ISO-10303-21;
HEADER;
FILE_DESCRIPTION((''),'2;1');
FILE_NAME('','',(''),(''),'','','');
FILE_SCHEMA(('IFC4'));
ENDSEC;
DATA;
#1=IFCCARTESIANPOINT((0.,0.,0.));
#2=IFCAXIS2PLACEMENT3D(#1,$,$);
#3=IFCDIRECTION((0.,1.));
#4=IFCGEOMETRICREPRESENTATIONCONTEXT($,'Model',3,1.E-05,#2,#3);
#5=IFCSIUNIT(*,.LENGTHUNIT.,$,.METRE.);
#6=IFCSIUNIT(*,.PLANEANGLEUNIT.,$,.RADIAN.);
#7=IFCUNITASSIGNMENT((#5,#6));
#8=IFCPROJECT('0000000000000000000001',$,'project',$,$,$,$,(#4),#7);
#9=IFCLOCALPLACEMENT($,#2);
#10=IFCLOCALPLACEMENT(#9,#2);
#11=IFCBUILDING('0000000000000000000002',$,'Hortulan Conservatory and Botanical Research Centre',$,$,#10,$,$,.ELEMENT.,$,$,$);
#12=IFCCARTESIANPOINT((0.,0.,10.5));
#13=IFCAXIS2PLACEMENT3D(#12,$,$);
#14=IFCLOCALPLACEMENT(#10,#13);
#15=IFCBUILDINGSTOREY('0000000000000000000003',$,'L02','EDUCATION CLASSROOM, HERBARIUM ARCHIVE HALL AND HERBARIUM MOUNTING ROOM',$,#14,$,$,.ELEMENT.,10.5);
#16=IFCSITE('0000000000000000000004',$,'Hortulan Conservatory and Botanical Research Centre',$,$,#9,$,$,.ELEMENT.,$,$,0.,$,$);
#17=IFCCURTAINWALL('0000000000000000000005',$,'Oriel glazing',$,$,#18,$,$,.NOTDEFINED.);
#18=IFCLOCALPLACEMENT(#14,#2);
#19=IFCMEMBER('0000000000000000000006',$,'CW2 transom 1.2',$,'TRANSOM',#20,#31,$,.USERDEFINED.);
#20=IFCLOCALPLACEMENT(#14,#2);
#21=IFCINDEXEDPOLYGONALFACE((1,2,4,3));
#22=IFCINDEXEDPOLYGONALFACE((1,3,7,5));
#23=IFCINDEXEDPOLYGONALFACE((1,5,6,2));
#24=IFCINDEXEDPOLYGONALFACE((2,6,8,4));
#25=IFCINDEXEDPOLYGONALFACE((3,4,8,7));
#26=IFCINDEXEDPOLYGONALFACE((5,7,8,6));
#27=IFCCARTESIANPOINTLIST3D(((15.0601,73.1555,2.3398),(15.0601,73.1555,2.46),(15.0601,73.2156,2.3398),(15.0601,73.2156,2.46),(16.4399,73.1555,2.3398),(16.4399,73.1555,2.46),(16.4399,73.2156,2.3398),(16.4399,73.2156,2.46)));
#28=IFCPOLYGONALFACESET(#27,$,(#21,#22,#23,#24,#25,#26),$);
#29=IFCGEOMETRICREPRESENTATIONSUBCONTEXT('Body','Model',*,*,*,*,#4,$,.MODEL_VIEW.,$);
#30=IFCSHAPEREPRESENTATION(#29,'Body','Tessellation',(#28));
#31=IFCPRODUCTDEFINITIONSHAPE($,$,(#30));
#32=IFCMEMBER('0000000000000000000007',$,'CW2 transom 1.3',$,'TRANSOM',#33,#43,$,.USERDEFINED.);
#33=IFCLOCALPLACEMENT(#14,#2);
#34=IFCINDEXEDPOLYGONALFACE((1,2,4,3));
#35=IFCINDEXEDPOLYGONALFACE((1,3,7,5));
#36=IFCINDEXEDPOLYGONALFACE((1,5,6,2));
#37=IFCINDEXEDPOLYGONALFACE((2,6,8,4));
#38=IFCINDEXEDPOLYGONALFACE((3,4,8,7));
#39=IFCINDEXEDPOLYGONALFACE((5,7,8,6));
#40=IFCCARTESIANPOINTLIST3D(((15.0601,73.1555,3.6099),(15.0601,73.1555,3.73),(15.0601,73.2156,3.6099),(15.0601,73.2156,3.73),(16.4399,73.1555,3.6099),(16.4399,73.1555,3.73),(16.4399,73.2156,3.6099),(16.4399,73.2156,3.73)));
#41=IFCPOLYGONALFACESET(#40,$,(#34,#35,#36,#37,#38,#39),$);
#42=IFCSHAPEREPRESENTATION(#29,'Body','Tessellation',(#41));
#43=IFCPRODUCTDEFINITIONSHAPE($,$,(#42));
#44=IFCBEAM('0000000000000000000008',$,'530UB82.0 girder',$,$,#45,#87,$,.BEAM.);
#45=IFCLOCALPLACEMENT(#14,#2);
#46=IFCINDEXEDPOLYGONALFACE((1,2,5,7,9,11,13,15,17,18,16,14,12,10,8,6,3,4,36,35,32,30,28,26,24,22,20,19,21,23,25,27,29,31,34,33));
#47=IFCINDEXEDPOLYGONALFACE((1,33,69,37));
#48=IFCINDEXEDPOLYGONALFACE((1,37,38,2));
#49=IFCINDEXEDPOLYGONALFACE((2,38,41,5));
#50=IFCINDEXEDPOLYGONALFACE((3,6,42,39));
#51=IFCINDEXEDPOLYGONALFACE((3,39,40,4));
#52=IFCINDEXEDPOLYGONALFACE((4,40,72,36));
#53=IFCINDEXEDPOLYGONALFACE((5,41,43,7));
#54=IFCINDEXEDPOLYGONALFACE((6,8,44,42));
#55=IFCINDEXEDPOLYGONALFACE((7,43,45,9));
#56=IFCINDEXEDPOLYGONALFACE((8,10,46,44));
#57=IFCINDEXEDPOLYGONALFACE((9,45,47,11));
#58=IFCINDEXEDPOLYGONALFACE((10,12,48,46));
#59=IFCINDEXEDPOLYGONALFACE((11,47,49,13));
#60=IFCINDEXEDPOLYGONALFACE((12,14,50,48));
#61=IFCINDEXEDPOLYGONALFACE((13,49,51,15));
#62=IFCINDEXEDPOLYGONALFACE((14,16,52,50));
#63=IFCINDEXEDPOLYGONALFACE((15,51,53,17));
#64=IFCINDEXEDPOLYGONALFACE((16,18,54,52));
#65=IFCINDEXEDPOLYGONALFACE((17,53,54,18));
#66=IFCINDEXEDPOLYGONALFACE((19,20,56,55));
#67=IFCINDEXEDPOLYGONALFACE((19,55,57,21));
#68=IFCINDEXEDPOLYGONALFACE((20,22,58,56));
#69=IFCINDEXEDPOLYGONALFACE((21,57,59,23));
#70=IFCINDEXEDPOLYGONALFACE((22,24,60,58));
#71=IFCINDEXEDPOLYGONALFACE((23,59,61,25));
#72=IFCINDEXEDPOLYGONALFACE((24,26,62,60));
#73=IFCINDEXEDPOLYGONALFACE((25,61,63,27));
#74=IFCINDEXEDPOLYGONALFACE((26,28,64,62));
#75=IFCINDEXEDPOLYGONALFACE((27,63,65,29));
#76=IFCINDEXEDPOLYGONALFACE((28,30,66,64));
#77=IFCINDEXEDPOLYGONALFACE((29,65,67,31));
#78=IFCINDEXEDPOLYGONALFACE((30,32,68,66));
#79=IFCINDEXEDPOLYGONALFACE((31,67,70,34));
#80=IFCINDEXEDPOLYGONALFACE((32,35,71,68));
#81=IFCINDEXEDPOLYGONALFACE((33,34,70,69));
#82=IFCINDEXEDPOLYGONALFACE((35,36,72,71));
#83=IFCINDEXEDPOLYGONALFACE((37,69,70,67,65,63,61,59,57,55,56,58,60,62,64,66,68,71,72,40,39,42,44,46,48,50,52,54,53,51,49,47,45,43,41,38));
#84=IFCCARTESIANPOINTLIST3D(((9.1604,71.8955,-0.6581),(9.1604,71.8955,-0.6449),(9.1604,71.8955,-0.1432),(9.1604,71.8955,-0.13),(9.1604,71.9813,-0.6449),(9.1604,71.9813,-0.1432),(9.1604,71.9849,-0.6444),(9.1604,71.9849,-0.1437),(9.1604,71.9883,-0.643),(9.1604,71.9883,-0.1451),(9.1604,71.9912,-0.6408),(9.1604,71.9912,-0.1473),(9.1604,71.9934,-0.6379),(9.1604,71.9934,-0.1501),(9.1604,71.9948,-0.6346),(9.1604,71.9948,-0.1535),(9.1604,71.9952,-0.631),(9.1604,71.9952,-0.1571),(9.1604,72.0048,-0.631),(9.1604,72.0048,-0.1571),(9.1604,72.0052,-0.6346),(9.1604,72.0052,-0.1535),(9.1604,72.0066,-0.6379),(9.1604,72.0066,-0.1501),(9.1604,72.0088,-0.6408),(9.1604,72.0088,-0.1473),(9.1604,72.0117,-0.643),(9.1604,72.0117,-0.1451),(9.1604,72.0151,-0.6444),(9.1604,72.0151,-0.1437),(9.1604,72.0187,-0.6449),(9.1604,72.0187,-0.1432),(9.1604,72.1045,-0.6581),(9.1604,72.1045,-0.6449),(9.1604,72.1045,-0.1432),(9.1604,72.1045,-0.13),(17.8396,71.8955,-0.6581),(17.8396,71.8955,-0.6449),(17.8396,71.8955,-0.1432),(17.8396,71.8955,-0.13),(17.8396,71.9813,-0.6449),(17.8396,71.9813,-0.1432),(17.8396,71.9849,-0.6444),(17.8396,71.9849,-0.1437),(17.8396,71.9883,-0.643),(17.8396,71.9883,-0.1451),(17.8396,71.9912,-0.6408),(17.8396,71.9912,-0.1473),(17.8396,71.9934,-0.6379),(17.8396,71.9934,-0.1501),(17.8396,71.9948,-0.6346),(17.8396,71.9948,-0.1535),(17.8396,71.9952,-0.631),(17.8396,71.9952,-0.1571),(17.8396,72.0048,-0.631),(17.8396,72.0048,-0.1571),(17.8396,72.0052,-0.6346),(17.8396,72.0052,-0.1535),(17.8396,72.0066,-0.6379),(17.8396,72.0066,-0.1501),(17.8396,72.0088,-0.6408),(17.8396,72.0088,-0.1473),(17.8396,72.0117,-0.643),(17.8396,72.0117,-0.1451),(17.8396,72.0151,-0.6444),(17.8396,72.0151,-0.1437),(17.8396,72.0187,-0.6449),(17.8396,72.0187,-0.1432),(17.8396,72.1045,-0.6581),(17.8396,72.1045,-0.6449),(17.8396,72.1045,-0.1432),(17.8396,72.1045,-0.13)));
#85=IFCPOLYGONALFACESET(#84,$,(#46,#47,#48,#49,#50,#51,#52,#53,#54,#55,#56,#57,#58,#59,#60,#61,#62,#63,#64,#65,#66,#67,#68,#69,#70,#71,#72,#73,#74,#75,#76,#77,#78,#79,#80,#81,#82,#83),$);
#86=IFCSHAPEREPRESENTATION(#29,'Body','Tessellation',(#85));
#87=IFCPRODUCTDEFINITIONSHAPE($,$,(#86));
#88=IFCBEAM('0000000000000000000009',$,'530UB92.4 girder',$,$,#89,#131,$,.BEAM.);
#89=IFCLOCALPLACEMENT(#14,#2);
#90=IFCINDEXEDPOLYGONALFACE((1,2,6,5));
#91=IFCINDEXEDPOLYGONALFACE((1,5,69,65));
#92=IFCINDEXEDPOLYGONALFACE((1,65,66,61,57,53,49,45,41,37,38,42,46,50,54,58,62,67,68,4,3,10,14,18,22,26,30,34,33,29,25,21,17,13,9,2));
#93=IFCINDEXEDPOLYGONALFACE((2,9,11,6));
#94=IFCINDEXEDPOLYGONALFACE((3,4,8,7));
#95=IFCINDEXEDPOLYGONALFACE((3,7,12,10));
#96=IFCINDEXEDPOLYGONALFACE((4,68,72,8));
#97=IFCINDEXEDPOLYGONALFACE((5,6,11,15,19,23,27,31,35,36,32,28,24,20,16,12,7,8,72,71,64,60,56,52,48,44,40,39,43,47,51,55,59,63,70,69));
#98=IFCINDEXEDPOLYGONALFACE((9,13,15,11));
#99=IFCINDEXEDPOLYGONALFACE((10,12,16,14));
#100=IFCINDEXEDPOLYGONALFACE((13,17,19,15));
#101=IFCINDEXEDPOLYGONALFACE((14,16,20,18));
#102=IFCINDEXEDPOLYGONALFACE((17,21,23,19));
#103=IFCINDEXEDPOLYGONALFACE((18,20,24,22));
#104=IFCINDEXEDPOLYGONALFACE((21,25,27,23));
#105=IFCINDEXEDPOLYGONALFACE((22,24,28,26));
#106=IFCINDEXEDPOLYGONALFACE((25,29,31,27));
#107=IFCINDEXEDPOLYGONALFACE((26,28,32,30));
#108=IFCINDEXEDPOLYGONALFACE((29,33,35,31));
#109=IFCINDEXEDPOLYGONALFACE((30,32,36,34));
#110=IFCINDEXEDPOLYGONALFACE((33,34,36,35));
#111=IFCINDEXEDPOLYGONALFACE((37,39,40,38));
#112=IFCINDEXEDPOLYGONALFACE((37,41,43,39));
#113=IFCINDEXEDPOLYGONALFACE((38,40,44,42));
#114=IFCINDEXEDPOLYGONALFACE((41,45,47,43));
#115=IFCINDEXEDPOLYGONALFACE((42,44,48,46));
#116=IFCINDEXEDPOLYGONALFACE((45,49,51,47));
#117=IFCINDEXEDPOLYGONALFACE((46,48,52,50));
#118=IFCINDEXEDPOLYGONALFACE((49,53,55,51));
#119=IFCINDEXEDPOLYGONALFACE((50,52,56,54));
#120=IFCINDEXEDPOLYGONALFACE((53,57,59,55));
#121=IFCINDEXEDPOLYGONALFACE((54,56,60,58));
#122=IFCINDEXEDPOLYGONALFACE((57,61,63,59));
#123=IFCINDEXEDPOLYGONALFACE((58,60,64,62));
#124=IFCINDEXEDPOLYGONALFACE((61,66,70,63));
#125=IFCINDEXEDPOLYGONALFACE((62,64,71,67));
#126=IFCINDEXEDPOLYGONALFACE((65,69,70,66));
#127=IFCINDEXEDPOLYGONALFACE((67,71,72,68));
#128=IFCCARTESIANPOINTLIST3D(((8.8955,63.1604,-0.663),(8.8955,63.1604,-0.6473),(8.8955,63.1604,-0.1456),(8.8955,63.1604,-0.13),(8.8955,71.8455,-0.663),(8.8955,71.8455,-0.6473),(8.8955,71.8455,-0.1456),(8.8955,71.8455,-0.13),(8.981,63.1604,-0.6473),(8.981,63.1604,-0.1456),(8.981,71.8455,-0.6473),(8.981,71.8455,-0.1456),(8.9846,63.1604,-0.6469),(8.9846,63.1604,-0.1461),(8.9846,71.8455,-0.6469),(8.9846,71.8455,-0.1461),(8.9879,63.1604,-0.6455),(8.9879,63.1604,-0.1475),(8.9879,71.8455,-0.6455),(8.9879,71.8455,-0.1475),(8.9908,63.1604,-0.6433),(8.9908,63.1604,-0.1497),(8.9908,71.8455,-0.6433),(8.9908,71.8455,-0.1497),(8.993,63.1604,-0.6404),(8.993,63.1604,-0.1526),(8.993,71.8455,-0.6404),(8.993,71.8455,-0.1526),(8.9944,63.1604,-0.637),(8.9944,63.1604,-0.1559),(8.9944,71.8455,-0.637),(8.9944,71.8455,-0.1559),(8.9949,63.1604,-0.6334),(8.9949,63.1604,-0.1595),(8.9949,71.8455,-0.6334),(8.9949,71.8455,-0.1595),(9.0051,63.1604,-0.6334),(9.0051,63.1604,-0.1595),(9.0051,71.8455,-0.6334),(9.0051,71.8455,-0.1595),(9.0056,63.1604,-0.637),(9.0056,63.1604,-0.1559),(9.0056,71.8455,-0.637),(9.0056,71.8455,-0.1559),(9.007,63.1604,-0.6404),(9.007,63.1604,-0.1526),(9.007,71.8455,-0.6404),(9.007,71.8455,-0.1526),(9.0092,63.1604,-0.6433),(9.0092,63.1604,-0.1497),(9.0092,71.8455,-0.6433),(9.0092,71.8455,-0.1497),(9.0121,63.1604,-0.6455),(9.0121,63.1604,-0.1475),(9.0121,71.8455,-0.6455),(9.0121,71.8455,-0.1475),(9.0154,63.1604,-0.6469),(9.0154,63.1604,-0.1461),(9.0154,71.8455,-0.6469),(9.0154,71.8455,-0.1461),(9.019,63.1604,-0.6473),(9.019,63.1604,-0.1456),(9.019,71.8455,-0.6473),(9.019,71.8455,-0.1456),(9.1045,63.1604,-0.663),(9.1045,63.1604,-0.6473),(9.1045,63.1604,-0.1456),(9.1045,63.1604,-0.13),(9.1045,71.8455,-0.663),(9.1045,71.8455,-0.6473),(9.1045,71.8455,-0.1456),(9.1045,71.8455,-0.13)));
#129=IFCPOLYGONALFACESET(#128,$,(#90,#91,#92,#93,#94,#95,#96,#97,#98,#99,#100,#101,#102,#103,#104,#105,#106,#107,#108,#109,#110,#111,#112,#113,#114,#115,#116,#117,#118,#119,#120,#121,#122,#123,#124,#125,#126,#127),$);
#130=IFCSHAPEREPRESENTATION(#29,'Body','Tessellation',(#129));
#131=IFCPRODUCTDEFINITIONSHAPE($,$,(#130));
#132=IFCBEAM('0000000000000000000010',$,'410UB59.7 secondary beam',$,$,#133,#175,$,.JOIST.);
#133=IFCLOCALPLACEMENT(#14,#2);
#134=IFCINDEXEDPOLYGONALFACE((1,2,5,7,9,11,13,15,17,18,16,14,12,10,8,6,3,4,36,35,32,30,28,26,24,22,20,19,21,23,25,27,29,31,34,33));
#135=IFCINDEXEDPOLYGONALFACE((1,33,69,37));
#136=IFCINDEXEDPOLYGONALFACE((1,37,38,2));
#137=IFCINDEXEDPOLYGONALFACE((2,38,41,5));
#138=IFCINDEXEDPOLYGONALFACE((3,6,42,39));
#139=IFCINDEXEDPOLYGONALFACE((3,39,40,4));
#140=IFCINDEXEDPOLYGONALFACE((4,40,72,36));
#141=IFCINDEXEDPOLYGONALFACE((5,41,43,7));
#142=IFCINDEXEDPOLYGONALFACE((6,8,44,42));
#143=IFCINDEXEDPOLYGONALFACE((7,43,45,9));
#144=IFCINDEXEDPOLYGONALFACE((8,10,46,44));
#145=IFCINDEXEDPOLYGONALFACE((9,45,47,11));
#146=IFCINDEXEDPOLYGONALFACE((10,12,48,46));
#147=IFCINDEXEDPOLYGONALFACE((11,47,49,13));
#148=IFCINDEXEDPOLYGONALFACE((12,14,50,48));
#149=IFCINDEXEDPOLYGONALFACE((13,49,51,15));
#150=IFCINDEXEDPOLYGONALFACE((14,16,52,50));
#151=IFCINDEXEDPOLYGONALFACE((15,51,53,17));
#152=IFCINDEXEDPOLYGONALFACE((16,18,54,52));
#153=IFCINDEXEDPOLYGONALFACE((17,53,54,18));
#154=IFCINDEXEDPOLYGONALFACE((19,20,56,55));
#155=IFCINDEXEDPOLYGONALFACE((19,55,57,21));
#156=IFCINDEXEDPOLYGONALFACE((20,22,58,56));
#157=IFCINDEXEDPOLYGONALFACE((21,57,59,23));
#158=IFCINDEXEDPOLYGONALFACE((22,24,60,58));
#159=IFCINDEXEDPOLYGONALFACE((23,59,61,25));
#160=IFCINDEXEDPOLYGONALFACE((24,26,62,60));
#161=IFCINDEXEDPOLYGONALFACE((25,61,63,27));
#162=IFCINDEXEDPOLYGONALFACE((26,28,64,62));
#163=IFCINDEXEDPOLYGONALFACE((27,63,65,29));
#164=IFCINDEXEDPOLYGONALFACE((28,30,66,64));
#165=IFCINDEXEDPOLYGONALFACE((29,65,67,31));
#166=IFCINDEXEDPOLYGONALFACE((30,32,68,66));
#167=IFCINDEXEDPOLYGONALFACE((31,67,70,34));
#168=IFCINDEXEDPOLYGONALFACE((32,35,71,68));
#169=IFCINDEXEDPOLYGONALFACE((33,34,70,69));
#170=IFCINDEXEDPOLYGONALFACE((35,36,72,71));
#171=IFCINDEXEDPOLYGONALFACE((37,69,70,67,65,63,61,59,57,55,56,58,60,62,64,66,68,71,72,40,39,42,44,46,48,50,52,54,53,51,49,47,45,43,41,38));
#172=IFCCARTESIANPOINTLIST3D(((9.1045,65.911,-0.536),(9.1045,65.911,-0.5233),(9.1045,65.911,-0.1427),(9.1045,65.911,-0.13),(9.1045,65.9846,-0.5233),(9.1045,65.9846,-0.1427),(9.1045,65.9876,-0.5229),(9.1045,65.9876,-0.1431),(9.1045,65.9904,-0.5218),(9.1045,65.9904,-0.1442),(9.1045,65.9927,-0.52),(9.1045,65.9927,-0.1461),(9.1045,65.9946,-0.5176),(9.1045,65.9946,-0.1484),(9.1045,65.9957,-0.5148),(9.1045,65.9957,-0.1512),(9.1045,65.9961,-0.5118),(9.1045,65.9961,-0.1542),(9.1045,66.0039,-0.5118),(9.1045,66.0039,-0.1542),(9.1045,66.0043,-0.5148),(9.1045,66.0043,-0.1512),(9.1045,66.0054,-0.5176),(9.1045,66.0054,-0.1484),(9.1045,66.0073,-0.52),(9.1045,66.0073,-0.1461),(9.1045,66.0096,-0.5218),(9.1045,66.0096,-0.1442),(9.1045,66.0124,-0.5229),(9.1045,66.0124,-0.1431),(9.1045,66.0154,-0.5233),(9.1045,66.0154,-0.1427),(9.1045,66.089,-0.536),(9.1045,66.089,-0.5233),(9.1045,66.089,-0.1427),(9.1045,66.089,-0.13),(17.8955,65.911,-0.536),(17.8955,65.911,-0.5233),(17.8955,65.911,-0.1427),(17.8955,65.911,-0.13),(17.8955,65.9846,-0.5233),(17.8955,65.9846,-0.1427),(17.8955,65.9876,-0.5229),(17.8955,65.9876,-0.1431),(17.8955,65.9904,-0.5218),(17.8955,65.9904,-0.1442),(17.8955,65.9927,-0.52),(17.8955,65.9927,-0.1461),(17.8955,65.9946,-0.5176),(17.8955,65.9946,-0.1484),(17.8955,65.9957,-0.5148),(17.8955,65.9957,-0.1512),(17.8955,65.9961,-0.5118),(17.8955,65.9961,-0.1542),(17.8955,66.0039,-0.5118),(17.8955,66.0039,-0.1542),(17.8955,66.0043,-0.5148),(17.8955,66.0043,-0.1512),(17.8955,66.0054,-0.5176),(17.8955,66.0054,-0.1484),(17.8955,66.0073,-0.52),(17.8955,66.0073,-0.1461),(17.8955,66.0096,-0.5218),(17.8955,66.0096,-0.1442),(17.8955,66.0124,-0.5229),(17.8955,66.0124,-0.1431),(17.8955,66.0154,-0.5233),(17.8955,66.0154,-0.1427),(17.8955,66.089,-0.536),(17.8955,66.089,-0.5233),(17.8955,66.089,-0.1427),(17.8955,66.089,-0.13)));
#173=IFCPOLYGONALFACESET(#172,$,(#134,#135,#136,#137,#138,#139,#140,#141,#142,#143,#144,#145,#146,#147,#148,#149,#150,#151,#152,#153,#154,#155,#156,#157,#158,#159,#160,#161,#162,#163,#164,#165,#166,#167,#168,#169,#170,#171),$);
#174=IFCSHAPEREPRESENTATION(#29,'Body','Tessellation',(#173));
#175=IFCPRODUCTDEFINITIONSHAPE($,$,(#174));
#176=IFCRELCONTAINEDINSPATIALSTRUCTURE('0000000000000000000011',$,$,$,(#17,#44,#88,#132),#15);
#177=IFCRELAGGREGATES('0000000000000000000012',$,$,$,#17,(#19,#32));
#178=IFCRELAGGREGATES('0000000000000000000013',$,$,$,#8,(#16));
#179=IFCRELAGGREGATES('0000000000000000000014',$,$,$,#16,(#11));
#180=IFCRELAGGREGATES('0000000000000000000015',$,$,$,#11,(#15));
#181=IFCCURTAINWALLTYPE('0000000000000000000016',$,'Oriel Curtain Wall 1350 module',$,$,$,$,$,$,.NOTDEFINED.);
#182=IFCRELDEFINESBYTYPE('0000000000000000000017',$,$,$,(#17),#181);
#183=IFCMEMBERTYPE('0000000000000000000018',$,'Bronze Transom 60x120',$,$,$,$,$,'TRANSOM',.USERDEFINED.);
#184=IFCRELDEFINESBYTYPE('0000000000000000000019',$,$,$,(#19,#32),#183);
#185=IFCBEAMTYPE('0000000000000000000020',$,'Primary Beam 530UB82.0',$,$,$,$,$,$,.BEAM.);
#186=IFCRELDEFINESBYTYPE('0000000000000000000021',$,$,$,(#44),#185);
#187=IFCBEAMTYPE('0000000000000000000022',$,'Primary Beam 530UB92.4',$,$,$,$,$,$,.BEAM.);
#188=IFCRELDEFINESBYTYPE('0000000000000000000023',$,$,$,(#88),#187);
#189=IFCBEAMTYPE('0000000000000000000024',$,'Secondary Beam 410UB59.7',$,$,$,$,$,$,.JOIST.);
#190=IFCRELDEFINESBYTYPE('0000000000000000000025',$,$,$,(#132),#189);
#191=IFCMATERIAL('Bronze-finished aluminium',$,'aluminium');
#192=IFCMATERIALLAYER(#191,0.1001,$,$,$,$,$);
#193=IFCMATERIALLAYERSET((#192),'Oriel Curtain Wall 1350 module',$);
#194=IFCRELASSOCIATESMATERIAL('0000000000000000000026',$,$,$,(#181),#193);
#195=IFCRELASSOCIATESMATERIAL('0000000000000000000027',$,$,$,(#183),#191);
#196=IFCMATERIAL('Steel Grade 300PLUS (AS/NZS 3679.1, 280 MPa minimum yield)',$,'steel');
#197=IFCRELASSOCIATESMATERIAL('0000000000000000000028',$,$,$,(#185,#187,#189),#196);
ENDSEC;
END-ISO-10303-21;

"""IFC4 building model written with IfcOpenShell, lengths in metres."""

from ifc_helpers import new_model, si_unit, direction, frame, origin, origin_2d, place, context, subcontext, project, spatial, rectangle, i_section, extrude, material, layer, layer_set, material_profile, profile_set, type_object, element, aggregate, save


model = new_model("IFC4")

# Units and contexts
model_context = context("Model", 3, precision=1e-05, world=origin(), true_north=direction((0.0, 1.0)))
body_context = subcontext(model_context, "Body", "Model", "MODEL_VIEW")
ifc_project = project(units=[si_unit("LENGTHUNIT", "METRE"), si_unit("PLANEANGLEUNIT", "RADIAN")], contexts=[model_context])

# Site, building, storey
site_placement = place(None, origin())
site = spatial("IfcSite", under=ifc_project, at=site_placement, Name="Hortulan Conservatory and Botanical Research Centre", CompositionType="ELEMENT", RefElevation=0.0)
building_placement = place(site_placement, origin())
building = spatial("IfcBuilding", under=site, at=building_placement, Name="Hortulan Conservatory and Botanical Research Centre", CompositionType="ELEMENT")
storey_placement = place(building_placement, frame((0.0, 0.0, 10.5)))
storey = spatial("IfcBuildingStorey", under=building, at=storey_placement, Name="L02", Description="EDUCATION CLASSROOM, HERBARIUM ARCHIVE HALL AND HERBARIUM MOUNTING ROOM", CompositionType="ELEMENT", Elevation=10.5)

# Shared definitions
ifc_material_1 = material(Name="Steel Grade 300PLUS (AS/NZS 3679.1, 280 MPa minimum yield)", Category="steel")

# Shared definitions
ifc_material_2 = material(Name="Bronze-finished aluminium", Category="aluminium")
ifc_layer_1 = layer(ifc_material_2, 0.1001)
ifc_layer_set_1 = layer_set([ifc_layer_1], Name="Oriel Curtain Wall 1350 module")
curtain_wall_type = type_object("IfcCurtainWallType", Name="Oriel Curtain Wall 1350 module", PredefinedType="NOTDEFINED", material=ifc_layer_set_1)

# Curtain wall
curtain_wall_1_placement = place(storey_placement, origin())
curtain_wall_1 = element("IfcCurtainWall", 1, at=curtain_wall_1_placement, inside=storey, type_object=curtain_wall_type, Name="Oriel glazing", PredefinedType="NOTDEFINED")

# Members
ifc_material_profile_1 = material_profile(ifc_material_2, rectangle(XDim=0.0601, YDim=0.1201, at=origin_2d()), Name="Bronze Transom 60x120")
ifc_profile_set_1 = profile_set([ifc_material_profile_1], Name="Bronze-finished aluminium")
member_type_1 = type_object("IfcMemberType", Name="Bronze Transom 60x120", ElementType="TRANSOM", PredefinedType="USERDEFINED", material=ifc_profile_set_1)
member_1_placement = place(storey_placement, frame((15.0601, 73.1855, 2.3999), z_axis=(1.0, 0.0, 0.0), x_axis=(0.0, 1.0, 0.0)))
member_1 = element("IfcMember", 2, at=member_1_placement, type_object=member_type_1, Name="CW2 transom 1.2", ObjectType="TRANSOM", PredefinedType="USERDEFINED", context=body_context, shape_type="SweptSolid", body=[
    extrude(rectangle(XDim=0.0601, YDim=0.1201, at=origin_2d()), origin(), (0.0, 0.0, 1.0), 1.3799),
])
member_2_placement = place(storey_placement, frame((15.0601, 73.1855, 3.6699), z_axis=(1.0, 0.0, 0.0), x_axis=(0.0, 1.0, 0.0)))
member_2 = element("IfcMember", 3, at=member_2_placement, type_object=member_type_1, Name="CW2 transom 1.3", ObjectType="TRANSOM", PredefinedType="USERDEFINED", context=body_context, shape_type="SweptSolid", body=[
    extrude(rectangle(XDim=0.0601, YDim=0.1201, at=origin_2d()), origin(), (0.0, 0.0, 1.0), 1.3799),
])

# Beams
ifc_material_profile_2 = material_profile(ifc_material_1, i_section(OverallWidth=0.209, OverallDepth=0.5281, WebThickness=0.0095, FlangeThickness=0.0132, FilletRadius=0.0139, at=origin_2d()), Name="530UB82.0")
ifc_profile_set_2 = profile_set([ifc_material_profile_2], Name="Steel Grade 300PLUS (AS/NZS 3679.1, 280 MPa minimum yield)")
beam_type_1 = type_object("IfcBeamType", Name="Primary Beam 530UB82.0", PredefinedType="BEAM", material=ifc_profile_set_2)
beam_1_placement = place(storey_placement, frame((9.1604, 72.0, -0.394), z_axis=(1.0, 0.0, 0.0), x_axis=(0.0, 1.0, 0.0)))
element("IfcBeam", 4, at=beam_1_placement, inside=storey, type_object=beam_type_1, Name="530UB82.0 girder", PredefinedType="BEAM", context=body_context, shape_type="SweptSolid", body=[
    extrude(i_section(OverallWidth=0.209, OverallDepth=0.5281, WebThickness=0.0095, FlangeThickness=0.0132, FilletRadius=0.0139, at=origin_2d()), origin(), (0.0, 0.0, 1.0), 8.6792),
])
ifc_material_profile_3 = material_profile(ifc_material_1, i_section(OverallWidth=0.209, OverallDepth=0.533, WebThickness=0.0103, FlangeThickness=0.0156, FilletRadius=0.0139, at=origin_2d()), Name="530UB92.4")
ifc_profile_set_3 = profile_set([ifc_material_profile_3], Name="Steel Grade 300PLUS (AS/NZS 3679.1, 280 MPa minimum yield)")
beam_type_2 = type_object("IfcBeamType", Name="Primary Beam 530UB92.4", PredefinedType="BEAM", material=ifc_profile_set_3)
beam_2_placement = place(storey_placement, frame((9.0, 63.1604, -0.3965), z_axis=(0.0, 1.0, 0.0), x_axis=(-1.0, 0.0, 0.0)))
element("IfcBeam", 5, at=beam_2_placement, inside=storey, type_object=beam_type_2, Name="530UB92.4 girder", PredefinedType="BEAM", context=body_context, shape_type="SweptSolid", body=[
    extrude(i_section(OverallWidth=0.209, OverallDepth=0.533, WebThickness=0.0103, FlangeThickness=0.0156, FilletRadius=0.0139, at=origin_2d()), origin(), (0.0, 0.0, 1.0), 8.6851),
])
ifc_material_profile_4 = material_profile(ifc_material_1, i_section(OverallWidth=0.178, OverallDepth=0.406, WebThickness=0.0078, FlangeThickness=0.0127, FilletRadius=0.0115, at=origin_2d()), Name="410UB59.7")
ifc_profile_set_4 = profile_set([ifc_material_profile_4], Name="Steel Grade 300PLUS (AS/NZS 3679.1, 280 MPa minimum yield)")
beam_type_3 = type_object("IfcBeamType", Name="Secondary Beam 410UB59.7", PredefinedType="JOIST", material=ifc_profile_set_4)
for number, where, z_axis, x_axis, name in (
    (6, (9.1045, 66.0, -0.333), (1.0, 0.0, 0.0), (0.0, 1.0, 0.0), "410UB59.7 secondary beam"),
):
    element("IfcBeam", number, at=place(storey_placement, frame(where, z_axis=z_axis, x_axis=x_axis)), inside=storey, type_object=beam_type_3, Name=name, PredefinedType="JOIST", context=body_context, shape_type="SweptSolid", body=[
        extrude(i_section(OverallWidth=0.178, OverallDepth=0.406, WebThickness=0.0078, FlangeThickness=0.0127, FilletRadius=0.0115, at=origin_2d()), origin(), (0.0, 0.0, 1.0), 8.791),
    ])

aggregate(curtain_wall_1, [member_1, member_2])

save(model, "model.ifc")
